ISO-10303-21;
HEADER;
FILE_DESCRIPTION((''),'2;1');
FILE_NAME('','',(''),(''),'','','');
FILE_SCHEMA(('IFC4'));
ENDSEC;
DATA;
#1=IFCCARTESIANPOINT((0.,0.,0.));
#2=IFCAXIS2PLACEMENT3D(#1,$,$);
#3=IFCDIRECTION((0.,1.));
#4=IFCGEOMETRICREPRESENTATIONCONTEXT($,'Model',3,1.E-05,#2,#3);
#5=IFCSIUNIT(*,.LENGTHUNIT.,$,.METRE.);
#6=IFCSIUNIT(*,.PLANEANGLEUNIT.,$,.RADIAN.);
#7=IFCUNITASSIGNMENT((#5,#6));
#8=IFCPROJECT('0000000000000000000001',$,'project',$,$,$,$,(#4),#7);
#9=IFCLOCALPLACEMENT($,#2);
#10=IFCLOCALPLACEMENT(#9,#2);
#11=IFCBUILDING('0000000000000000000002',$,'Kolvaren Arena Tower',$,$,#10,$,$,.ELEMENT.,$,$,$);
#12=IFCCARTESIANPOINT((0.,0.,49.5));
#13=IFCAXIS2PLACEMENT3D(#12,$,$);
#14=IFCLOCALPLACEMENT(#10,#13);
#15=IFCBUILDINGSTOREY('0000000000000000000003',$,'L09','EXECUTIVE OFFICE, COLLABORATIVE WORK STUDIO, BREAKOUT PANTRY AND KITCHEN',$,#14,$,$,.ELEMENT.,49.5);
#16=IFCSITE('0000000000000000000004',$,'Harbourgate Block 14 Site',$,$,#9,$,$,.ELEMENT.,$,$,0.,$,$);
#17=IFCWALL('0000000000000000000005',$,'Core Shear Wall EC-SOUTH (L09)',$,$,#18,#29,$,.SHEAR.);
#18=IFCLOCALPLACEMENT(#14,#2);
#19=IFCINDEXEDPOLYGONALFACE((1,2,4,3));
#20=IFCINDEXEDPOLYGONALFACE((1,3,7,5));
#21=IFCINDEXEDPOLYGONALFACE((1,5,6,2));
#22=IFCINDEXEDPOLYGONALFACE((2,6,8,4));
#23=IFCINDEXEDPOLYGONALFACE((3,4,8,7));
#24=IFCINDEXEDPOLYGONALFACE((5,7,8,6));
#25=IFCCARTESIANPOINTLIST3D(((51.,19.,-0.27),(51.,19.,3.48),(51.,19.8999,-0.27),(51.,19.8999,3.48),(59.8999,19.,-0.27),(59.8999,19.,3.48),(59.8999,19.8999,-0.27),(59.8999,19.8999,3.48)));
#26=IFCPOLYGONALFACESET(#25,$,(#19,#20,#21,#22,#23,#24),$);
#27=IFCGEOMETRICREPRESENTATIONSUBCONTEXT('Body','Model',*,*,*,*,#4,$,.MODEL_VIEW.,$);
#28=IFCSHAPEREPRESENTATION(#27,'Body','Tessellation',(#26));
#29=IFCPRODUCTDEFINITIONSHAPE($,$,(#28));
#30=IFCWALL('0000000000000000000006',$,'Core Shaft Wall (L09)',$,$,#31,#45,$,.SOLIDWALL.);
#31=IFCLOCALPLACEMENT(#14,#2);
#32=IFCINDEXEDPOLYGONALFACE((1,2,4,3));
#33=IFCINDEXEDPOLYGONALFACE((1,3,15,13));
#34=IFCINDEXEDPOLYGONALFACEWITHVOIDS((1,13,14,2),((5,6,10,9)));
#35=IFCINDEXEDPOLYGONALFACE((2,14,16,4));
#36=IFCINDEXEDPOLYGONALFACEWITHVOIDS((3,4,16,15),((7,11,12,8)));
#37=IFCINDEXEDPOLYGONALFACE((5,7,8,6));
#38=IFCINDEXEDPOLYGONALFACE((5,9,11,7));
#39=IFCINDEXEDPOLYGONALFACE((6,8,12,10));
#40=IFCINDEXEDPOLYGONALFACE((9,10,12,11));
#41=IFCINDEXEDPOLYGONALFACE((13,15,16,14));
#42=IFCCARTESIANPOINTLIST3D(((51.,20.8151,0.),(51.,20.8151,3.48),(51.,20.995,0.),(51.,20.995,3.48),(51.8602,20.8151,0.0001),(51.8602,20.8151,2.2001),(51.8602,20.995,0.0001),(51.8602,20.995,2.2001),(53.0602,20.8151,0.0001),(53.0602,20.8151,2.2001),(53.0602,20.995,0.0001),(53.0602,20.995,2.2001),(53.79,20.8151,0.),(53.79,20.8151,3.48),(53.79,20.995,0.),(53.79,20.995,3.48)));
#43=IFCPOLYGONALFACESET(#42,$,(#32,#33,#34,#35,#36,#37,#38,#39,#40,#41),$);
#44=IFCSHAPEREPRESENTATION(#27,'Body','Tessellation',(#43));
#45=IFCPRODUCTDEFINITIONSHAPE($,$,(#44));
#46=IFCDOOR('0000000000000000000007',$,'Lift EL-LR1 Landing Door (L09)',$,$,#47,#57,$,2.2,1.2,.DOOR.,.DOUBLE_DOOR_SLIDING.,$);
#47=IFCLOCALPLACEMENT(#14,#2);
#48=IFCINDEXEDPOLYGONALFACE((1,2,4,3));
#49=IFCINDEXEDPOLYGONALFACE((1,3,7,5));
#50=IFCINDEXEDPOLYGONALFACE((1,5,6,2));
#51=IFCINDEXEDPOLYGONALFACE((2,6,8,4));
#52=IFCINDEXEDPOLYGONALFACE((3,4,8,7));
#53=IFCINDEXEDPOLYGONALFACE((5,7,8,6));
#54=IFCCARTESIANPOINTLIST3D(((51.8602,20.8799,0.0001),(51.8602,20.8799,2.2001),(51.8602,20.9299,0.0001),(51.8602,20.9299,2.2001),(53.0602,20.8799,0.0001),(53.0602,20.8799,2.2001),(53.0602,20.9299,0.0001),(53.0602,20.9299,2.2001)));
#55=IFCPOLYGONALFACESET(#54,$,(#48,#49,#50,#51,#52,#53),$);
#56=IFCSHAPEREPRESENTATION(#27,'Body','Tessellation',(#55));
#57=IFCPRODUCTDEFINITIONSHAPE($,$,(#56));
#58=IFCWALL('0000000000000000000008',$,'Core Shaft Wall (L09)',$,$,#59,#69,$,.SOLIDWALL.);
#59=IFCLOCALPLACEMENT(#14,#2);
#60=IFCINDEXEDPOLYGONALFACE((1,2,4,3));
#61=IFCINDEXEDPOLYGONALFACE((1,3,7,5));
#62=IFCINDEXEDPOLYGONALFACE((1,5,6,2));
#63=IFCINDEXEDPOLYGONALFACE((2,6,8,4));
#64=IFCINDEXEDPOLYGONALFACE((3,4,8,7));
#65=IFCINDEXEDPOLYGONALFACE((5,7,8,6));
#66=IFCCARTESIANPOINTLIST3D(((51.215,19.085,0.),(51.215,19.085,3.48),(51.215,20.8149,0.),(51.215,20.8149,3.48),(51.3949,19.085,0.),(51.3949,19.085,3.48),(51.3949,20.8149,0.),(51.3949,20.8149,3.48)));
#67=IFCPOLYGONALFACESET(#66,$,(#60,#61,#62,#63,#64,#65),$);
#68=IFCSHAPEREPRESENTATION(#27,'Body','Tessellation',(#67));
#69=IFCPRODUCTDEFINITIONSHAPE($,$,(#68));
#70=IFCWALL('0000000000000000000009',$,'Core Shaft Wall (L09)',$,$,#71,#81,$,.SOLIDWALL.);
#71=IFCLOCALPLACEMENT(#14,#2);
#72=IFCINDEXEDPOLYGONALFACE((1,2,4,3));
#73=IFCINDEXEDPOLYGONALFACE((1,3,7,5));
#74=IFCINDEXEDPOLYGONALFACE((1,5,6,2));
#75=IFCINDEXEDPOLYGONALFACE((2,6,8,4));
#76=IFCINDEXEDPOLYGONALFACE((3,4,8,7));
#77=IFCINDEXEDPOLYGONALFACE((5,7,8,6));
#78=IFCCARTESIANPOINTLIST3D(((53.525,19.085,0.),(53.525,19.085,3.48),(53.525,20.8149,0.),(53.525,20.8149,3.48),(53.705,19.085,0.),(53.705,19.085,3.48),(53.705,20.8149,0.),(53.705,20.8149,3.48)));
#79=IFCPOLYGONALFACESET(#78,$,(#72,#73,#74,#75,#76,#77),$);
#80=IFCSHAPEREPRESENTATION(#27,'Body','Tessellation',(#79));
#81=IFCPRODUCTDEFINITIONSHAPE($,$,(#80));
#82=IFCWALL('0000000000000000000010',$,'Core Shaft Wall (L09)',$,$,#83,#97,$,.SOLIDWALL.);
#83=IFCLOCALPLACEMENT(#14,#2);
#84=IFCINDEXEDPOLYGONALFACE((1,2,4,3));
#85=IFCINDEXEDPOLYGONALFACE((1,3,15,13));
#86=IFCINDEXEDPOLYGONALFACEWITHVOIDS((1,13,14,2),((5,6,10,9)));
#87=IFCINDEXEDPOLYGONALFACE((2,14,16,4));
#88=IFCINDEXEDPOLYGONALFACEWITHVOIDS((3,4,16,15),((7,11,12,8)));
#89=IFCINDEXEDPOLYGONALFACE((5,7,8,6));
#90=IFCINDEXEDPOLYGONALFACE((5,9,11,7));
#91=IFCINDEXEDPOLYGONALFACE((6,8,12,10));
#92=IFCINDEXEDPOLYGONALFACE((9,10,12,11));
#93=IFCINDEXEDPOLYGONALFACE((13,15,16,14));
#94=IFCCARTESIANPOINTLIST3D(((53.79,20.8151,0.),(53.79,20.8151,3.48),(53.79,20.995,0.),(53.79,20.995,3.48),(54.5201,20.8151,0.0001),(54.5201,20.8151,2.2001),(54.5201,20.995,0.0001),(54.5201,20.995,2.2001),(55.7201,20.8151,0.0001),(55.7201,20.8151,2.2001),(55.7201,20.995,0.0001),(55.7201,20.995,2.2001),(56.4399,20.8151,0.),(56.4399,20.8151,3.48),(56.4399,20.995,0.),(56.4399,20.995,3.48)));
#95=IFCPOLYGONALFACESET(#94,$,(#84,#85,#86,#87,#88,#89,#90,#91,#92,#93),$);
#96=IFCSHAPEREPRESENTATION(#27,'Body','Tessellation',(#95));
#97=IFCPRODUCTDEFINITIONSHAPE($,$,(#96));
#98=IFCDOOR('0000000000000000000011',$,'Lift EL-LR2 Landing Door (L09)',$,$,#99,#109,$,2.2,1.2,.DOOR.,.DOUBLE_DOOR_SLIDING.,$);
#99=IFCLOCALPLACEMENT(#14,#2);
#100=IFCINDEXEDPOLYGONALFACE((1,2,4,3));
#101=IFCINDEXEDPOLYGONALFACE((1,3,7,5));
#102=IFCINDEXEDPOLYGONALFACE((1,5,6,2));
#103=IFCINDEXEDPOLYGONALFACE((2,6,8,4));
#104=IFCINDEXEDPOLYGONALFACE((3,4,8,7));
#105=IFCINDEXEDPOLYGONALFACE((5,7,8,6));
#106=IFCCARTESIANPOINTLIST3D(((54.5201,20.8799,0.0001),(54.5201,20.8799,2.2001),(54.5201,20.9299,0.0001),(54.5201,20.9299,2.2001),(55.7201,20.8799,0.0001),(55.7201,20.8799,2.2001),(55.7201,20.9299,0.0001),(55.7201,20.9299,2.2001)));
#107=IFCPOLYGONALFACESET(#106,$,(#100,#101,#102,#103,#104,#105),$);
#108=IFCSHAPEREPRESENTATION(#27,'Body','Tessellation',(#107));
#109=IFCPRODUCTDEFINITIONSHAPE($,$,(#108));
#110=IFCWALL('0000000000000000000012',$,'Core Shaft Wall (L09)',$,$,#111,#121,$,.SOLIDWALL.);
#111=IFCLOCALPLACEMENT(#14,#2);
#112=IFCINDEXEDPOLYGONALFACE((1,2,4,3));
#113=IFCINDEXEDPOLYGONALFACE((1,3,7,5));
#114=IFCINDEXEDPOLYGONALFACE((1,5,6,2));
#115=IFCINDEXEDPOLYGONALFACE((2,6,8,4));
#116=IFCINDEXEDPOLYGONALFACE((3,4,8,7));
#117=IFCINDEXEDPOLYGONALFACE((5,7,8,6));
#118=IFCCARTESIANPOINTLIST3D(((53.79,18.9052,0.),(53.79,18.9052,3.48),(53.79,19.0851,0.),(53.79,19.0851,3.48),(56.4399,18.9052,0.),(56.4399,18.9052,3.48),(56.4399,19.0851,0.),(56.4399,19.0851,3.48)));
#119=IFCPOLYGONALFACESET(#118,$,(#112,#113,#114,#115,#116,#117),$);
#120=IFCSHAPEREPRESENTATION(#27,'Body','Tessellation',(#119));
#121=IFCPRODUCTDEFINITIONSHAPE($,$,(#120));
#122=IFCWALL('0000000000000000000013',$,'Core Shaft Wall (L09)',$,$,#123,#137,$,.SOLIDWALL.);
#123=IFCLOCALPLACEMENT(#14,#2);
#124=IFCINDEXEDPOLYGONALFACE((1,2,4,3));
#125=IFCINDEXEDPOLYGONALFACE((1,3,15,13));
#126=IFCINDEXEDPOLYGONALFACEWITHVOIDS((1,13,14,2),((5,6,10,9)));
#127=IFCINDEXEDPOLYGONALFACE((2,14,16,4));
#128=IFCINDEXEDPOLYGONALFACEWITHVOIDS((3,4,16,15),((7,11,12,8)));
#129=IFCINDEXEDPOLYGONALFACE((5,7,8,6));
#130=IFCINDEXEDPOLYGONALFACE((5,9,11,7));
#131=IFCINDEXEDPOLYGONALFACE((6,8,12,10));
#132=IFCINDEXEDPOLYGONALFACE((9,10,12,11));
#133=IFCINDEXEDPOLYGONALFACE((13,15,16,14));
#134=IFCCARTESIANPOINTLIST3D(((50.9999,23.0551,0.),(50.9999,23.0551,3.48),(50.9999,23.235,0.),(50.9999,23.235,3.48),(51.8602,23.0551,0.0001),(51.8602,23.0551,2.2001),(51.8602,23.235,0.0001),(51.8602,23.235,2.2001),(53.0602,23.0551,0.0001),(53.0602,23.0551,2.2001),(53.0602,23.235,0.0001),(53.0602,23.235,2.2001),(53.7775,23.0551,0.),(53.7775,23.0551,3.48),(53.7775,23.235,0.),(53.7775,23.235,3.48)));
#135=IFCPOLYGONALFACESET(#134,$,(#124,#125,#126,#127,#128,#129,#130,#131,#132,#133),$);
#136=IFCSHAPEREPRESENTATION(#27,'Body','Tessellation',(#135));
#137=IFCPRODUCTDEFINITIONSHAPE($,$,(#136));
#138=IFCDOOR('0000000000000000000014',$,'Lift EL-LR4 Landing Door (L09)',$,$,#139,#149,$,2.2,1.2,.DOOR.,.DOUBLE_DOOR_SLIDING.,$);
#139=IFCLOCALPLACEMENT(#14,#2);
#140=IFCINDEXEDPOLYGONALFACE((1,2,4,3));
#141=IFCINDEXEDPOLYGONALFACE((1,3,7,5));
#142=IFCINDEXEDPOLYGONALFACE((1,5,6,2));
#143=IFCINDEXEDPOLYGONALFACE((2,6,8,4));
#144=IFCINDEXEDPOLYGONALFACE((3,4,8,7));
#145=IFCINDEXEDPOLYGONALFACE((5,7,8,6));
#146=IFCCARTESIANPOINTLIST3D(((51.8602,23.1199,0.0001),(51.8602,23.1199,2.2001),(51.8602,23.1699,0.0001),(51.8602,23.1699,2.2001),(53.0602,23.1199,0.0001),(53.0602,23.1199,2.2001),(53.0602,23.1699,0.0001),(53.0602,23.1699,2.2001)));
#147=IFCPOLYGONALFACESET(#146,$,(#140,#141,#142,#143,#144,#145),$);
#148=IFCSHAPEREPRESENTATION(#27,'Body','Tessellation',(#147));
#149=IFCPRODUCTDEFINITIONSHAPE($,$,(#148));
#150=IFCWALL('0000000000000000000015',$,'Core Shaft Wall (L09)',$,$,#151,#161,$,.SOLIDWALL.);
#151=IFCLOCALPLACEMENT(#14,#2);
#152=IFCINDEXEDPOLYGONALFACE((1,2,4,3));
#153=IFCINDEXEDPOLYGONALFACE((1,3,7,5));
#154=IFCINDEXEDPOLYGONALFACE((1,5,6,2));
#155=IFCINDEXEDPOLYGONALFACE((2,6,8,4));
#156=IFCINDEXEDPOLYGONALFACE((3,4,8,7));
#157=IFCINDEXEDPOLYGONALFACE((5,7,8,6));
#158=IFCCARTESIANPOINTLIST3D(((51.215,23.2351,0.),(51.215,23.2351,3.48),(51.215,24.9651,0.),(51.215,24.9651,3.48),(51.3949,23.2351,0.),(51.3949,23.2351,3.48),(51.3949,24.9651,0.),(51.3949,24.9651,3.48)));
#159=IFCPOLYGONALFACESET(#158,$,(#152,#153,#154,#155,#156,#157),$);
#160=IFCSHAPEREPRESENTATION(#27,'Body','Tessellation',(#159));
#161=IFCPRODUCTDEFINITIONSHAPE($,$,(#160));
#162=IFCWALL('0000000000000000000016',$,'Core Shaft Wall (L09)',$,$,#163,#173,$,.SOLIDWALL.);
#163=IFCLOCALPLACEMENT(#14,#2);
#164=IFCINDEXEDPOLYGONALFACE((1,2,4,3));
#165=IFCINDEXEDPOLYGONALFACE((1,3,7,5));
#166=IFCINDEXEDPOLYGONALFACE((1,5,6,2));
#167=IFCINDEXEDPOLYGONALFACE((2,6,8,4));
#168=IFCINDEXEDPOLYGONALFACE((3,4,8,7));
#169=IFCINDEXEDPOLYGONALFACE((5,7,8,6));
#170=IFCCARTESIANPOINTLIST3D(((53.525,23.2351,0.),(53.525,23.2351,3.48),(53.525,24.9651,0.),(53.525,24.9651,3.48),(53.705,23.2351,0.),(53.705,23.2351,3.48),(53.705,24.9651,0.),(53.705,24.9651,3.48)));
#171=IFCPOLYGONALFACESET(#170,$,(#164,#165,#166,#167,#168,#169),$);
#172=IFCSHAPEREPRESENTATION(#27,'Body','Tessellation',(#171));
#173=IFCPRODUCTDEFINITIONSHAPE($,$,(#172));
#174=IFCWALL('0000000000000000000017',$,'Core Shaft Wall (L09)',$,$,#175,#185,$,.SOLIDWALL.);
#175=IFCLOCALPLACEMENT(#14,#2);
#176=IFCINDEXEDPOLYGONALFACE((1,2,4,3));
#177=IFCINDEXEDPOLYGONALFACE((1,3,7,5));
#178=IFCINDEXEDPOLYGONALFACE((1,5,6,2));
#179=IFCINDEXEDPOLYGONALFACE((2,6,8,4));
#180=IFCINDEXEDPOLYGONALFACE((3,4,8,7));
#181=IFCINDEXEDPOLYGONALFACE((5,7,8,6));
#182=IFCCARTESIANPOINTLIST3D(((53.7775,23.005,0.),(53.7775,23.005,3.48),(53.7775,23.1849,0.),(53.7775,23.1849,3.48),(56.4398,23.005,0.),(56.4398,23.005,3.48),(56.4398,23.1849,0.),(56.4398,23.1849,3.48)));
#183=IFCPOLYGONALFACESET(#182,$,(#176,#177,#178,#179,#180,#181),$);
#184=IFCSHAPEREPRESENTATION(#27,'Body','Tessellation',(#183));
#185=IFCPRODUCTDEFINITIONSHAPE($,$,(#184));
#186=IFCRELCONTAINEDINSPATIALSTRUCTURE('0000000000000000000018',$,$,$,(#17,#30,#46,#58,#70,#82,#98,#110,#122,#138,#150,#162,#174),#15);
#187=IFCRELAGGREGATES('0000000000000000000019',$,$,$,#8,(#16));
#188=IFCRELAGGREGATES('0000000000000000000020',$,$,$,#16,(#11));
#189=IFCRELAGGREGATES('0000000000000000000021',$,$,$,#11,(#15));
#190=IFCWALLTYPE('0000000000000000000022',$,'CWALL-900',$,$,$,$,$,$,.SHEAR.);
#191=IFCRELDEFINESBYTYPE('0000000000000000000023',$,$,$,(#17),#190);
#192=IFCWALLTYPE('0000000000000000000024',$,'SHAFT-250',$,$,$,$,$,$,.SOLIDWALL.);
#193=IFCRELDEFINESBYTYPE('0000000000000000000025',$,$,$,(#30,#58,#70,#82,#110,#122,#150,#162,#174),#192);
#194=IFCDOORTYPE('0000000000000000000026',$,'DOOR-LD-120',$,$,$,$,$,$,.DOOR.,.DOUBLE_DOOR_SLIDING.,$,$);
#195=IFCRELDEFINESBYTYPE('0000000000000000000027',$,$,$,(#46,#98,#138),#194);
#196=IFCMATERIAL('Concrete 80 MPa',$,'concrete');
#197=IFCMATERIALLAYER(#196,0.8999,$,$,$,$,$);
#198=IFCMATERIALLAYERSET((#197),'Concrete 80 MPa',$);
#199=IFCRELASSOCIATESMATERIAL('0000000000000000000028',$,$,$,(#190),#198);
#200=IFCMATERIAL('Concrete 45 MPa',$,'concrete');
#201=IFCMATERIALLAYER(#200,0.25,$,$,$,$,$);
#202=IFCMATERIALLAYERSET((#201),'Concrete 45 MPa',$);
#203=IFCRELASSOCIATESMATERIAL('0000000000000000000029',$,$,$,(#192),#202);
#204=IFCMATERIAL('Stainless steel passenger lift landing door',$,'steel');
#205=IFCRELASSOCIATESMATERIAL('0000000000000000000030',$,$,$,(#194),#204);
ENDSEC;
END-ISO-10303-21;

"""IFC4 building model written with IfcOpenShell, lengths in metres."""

from ifc_helpers import new_model, si_unit, direction, frame, frame_2d, origin, place, context, subcontext, project, spatial, rectangle, extrude, material, layer, layer_set, type_object, element, fill, save


model = new_model("IFC4")

# Units and contexts
model_context = context("Model", 3, precision=1e-05, world=origin(), true_north=direction((0.0, 1.0)))
body_context = subcontext(model_context, "Body", "Model", "MODEL_VIEW")
ifc_project = project(units=[si_unit("LENGTHUNIT", "METRE"), si_unit("PLANEANGLEUNIT", "RADIAN")], contexts=[model_context])

# Site, building, storey
site_placement = place(None, origin())
site = spatial("IfcSite", under=ifc_project, at=site_placement, Name="Harbourgate Block 14 Site", CompositionType="ELEMENT", RefElevation=0.0)
building_placement = place(site_placement, origin())
building = spatial("IfcBuilding", under=site, at=building_placement, Name="Kolvaren Arena Tower", CompositionType="ELEMENT")
storey_placement = place(building_placement, frame((0.0, 0.0, 49.5)))
storey = spatial("IfcBuildingStorey", under=building, at=storey_placement, Name="L09", Description="EXECUTIVE OFFICE, COLLABORATIVE WORK STUDIO, BREAKOUT PANTRY AND KITCHEN", CompositionType="ELEMENT", Elevation=49.5)

# Wall
ifc_material_1 = material(Name="Concrete 80 MPa", Category="concrete")
ifc_layer_1 = layer(ifc_material_1, 0.8999)
ifc_layer_set_1 = layer_set([ifc_layer_1], Name="Concrete 80 MPa")
wall_type_1 = type_object("IfcWallType", Name="CWALL-900", PredefinedType="SHEAR", material=ifc_layer_set_1)
wall_1_placement = place(storey_placement, frame((51.0, 19.45, -0.27), z_axis=(0.0, 0.0, 1.0), x_axis=(1.0, 0.0, 0.0)))
element("IfcWall", 1, at=wall_1_placement, inside=storey, type_object=wall_type_1, Name="Core Shear Wall EC-SOUTH (L09)", PredefinedType="SHEAR", context=body_context, shape_type="SweptSolid", body=[
    extrude(rectangle(XDim=8.8999, YDim=0.8999, at=frame_2d((4.45, 0.0))), origin(), (0.0, 0.0, 1.0), 3.75),
])

# Wall, opening, door
ifc_material_2 = material(Name="Concrete 45 MPa", Category="concrete")
ifc_layer_2 = layer(ifc_material_2, 0.25)
ifc_layer_set_2 = layer_set([ifc_layer_2], Name="Concrete 45 MPa")
wall_type_2 = type_object("IfcWallType", Name="SHAFT-250", PredefinedType="SOLIDWALL", material=ifc_layer_set_2)
wall_2_placement = place(storey_placement, frame((51.0, 20.905, 0.0), z_axis=(0.0, 0.0, 1.0), x_axis=(1.0, 0.0, 0.0)))
wall_2 = element("IfcWall", 2, at=wall_2_placement, inside=storey, type_object=wall_type_2, Name="Core Shaft Wall (L09)", PredefinedType="SOLIDWALL", context=body_context, shape_type="SweptSolid", body=[
    extrude(rectangle(XDim=2.79, YDim=0.1799, at=frame_2d((1.395, 0.0))), origin(), (0.0, 0.0, 1.0), 3.48),
])
opening_1_placement = place(wall_2_placement, frame((0.8601, 0.0, 0.0)))
opening_1 = element("IfcOpeningElement", 3, at=opening_1_placement, cuts=wall_2, PredefinedType="OPENING", context=body_context, shape_type="SweptSolid", body=[
    extrude(rectangle(XDim=1.2, YDim=2.2, at=frame_2d((0.6001, 1.1001))), frame((0.0, 0.0999, 0.0), z_axis=(0.0, -1.0, 0.0), x_axis=(1.0, 0.0, 0.0)), (0.0, 0.0, 1.0), 0.2),
])
ifc_material_3 = material(Name="Stainless steel passenger lift landing door", Category="steel")
door_type = type_object("IfcDoorType", Name="DOOR-LD-120", OperationType="DOUBLE_DOOR_SLIDING", PredefinedType="DOOR", material=ifc_material_3)
door_1_placement = place(opening_1_placement, origin())
door_1 = element("IfcDoor", 4, at=door_1_placement, inside=storey, type_object=door_type, Name="Lift EL-LR1 Landing Door (L09)", OperationType="DOUBLE_DOOR_SLIDING", OverallHeight=2.2, OverallWidth=1.2, PredefinedType="DOOR", context=body_context, shape_type="SweptSolid", body=[
    extrude(rectangle(XDim=1.2, YDim=2.2, at=frame_2d((0.6001, 1.1001))), frame((0.0, 0.0249, 0.0), z_axis=(0.0, -1.0, 0.0), x_axis=(1.0, 0.0, 0.0)), (0.0, 0.0, 1.0), 0.05),
])
fill(opening_1, door_1)

# Walls
for number, where, z_axis, x_axis, name in (
    (5, (51.3049, 19.085, 0.0), (0.0, 0.0, 1.0), (0.0, 1.0, 0.0), "Core Shaft Wall (L09)"),
    (6, (53.615, 19.085, 0.0), (0.0, 0.0, 1.0), (0.0, 1.0, 0.0), "Core Shaft Wall (L09)"),
):
    element("IfcWall", number, at=place(storey_placement, frame(where, z_axis=z_axis, x_axis=x_axis)), inside=storey, type_object=wall_type_2, Name=name, PredefinedType="SOLIDWALL", context=body_context, shape_type="SweptSolid", body=[
        extrude(rectangle(XDim=1.73, YDim=0.1799, at=frame_2d((0.865, 0.0))), origin(), (0.0, 0.0, 1.0), 3.48),
    ])

# Wall, opening, door
wall_3_placement = place(storey_placement, frame((53.79, 20.905, 0.0), z_axis=(0.0, 0.0, 1.0), x_axis=(1.0, 0.0, 0.0)))
wall_3 = element("IfcWall", 7, at=wall_3_placement, inside=storey, type_object=wall_type_2, Name="Core Shaft Wall (L09)", PredefinedType="SOLIDWALL", context=body_context, shape_type="SweptSolid", body=[
    extrude(rectangle(XDim=2.6499, YDim=0.1799, at=frame_2d((1.325, 0.0))), origin(), (0.0, 0.0, 1.0), 3.48),
])
opening_2_placement = place(wall_3_placement, frame((0.73, 0.0, 0.0)))
opening_2 = element("IfcOpeningElement", 8, at=opening_2_placement, cuts=wall_3, PredefinedType="OPENING", context=body_context, shape_type="SweptSolid", body=[
    extrude(rectangle(XDim=1.2, YDim=2.2, at=frame_2d((0.6001, 1.1001))), frame((0.0, 0.0999, 0.0), z_axis=(0.0, -1.0, 0.0), x_axis=(1.0, 0.0, 0.0)), (0.0, 0.0, 1.0), 0.2),
])
door_2_placement = place(opening_2_placement, origin())
door_2 = element("IfcDoor", 9, at=door_2_placement, inside=storey, type_object=door_type, Name="Lift EL-LR2 Landing Door (L09)", OperationType="DOUBLE_DOOR_SLIDING", OverallHeight=2.2, OverallWidth=1.2, PredefinedType="DOOR", context=body_context, shape_type="SweptSolid", body=[
    extrude(rectangle(XDim=1.2, YDim=2.2, at=frame_2d((0.6001, 1.1001))), frame((0.0, 0.0249, 0.0), z_axis=(0.0, -1.0, 0.0), x_axis=(1.0, 0.0, 0.0)), (0.0, 0.0, 1.0), 0.05),
])
fill(opening_2, door_2)

# Wall
wall_4_placement = place(storey_placement, frame((53.79, 18.9951, 0.0), z_axis=(0.0, 0.0, 1.0), x_axis=(1.0, 0.0, 0.0)))
element("IfcWall", 10, at=wall_4_placement, inside=storey, type_object=wall_type_2, Name="Core Shaft Wall (L09)", PredefinedType="SOLIDWALL", context=body_context, shape_type="SweptSolid", body=[
    extrude(rectangle(XDim=2.6499, YDim=0.1799, at=frame_2d((1.325, 0.0))), origin(), (0.0, 0.0, 1.0), 3.48),
])

# Wall, opening, door
wall_5_placement = place(storey_placement, frame((51.0, 23.145, 0.0), z_axis=(0.0, 0.0, 1.0), x_axis=(1.0, 0.0, 0.0)))
wall_5 = element("IfcWall", 11, at=wall_5_placement, inside=storey, type_object=wall_type_2, Name="Core Shaft Wall (L09)", PredefinedType="SOLIDWALL", context=body_context, shape_type="SweptSolid", body=[
    extrude(rectangle(XDim=2.7776, YDim=0.1799, at=frame_2d((1.3887, 0.0))), origin(), (0.0, 0.0, 1.0), 3.48),
])
opening_3_placement = place(wall_5_placement, frame((0.8601, 0.0, 0.0)))
opening_3 = element("IfcOpeningElement", 12, at=opening_3_placement, cuts=wall_5, PredefinedType="OPENING", context=body_context, shape_type="SweptSolid", body=[
    extrude(rectangle(XDim=1.2, YDim=2.2, at=frame_2d((0.6001, 1.1001))), frame((0.0, 0.0999, 0.0), z_axis=(0.0, -1.0, 0.0), x_axis=(1.0, 0.0, 0.0)), (0.0, 0.0, 1.0), 0.2),
])
door_3_placement = place(opening_3_placement, origin())
door_3 = element("IfcDoor", 13, at=door_3_placement, inside=storey, type_object=door_type, Name="Lift EL-LR4 Landing Door (L09)", OperationType="DOUBLE_DOOR_SLIDING", OverallHeight=2.2, OverallWidth=1.2, PredefinedType="DOOR", context=body_context, shape_type="SweptSolid", body=[
    extrude(rectangle(XDim=1.2, YDim=2.2, at=frame_2d((0.6001, 1.1001))), frame((0.0, 0.0249, 0.0), z_axis=(0.0, -1.0, 0.0), x_axis=(1.0, 0.0, 0.0)), (0.0, 0.0, 1.0), 0.05),
])
fill(opening_3, door_3)

# Walls
for number, where, z_axis, x_axis, name in (
    (14, (51.3049, 23.2351, 0.0), (0.0, 0.0, 1.0), (0.0, 1.0, 0.0), "Core Shaft Wall (L09)"),
    (15, (53.615, 23.2351, 0.0), (0.0, 0.0, 1.0), (0.0, 1.0, 0.0), "Core Shaft Wall (L09)"),
):
    element("IfcWall", number, at=place(storey_placement, frame(where, z_axis=z_axis, x_axis=x_axis)), inside=storey, type_object=wall_type_2, Name=name, PredefinedType="SOLIDWALL", context=body_context, shape_type="SweptSolid", body=[
        extrude(rectangle(XDim=1.73, YDim=0.1799, at=frame_2d((0.865, 0.0))), origin(), (0.0, 0.0, 1.0), 3.48),
    ])
wall_6_placement = place(storey_placement, frame((53.7776, 23.095, 0.0), z_axis=(0.0, 0.0, 1.0), x_axis=(1.0, 0.0, 0.0)))
element("IfcWall", 16, at=wall_6_placement, inside=storey, type_object=wall_type_2, Name="Core Shaft Wall (L09)", PredefinedType="SOLIDWALL", context=body_context, shape_type="SweptSolid", body=[
    extrude(rectangle(XDim=2.6624, YDim=0.1799, at=frame_2d((1.3311, 0.0))), origin(), (0.0, 0.0, 1.0), 3.48),
])

save(model, "model.ifc")
